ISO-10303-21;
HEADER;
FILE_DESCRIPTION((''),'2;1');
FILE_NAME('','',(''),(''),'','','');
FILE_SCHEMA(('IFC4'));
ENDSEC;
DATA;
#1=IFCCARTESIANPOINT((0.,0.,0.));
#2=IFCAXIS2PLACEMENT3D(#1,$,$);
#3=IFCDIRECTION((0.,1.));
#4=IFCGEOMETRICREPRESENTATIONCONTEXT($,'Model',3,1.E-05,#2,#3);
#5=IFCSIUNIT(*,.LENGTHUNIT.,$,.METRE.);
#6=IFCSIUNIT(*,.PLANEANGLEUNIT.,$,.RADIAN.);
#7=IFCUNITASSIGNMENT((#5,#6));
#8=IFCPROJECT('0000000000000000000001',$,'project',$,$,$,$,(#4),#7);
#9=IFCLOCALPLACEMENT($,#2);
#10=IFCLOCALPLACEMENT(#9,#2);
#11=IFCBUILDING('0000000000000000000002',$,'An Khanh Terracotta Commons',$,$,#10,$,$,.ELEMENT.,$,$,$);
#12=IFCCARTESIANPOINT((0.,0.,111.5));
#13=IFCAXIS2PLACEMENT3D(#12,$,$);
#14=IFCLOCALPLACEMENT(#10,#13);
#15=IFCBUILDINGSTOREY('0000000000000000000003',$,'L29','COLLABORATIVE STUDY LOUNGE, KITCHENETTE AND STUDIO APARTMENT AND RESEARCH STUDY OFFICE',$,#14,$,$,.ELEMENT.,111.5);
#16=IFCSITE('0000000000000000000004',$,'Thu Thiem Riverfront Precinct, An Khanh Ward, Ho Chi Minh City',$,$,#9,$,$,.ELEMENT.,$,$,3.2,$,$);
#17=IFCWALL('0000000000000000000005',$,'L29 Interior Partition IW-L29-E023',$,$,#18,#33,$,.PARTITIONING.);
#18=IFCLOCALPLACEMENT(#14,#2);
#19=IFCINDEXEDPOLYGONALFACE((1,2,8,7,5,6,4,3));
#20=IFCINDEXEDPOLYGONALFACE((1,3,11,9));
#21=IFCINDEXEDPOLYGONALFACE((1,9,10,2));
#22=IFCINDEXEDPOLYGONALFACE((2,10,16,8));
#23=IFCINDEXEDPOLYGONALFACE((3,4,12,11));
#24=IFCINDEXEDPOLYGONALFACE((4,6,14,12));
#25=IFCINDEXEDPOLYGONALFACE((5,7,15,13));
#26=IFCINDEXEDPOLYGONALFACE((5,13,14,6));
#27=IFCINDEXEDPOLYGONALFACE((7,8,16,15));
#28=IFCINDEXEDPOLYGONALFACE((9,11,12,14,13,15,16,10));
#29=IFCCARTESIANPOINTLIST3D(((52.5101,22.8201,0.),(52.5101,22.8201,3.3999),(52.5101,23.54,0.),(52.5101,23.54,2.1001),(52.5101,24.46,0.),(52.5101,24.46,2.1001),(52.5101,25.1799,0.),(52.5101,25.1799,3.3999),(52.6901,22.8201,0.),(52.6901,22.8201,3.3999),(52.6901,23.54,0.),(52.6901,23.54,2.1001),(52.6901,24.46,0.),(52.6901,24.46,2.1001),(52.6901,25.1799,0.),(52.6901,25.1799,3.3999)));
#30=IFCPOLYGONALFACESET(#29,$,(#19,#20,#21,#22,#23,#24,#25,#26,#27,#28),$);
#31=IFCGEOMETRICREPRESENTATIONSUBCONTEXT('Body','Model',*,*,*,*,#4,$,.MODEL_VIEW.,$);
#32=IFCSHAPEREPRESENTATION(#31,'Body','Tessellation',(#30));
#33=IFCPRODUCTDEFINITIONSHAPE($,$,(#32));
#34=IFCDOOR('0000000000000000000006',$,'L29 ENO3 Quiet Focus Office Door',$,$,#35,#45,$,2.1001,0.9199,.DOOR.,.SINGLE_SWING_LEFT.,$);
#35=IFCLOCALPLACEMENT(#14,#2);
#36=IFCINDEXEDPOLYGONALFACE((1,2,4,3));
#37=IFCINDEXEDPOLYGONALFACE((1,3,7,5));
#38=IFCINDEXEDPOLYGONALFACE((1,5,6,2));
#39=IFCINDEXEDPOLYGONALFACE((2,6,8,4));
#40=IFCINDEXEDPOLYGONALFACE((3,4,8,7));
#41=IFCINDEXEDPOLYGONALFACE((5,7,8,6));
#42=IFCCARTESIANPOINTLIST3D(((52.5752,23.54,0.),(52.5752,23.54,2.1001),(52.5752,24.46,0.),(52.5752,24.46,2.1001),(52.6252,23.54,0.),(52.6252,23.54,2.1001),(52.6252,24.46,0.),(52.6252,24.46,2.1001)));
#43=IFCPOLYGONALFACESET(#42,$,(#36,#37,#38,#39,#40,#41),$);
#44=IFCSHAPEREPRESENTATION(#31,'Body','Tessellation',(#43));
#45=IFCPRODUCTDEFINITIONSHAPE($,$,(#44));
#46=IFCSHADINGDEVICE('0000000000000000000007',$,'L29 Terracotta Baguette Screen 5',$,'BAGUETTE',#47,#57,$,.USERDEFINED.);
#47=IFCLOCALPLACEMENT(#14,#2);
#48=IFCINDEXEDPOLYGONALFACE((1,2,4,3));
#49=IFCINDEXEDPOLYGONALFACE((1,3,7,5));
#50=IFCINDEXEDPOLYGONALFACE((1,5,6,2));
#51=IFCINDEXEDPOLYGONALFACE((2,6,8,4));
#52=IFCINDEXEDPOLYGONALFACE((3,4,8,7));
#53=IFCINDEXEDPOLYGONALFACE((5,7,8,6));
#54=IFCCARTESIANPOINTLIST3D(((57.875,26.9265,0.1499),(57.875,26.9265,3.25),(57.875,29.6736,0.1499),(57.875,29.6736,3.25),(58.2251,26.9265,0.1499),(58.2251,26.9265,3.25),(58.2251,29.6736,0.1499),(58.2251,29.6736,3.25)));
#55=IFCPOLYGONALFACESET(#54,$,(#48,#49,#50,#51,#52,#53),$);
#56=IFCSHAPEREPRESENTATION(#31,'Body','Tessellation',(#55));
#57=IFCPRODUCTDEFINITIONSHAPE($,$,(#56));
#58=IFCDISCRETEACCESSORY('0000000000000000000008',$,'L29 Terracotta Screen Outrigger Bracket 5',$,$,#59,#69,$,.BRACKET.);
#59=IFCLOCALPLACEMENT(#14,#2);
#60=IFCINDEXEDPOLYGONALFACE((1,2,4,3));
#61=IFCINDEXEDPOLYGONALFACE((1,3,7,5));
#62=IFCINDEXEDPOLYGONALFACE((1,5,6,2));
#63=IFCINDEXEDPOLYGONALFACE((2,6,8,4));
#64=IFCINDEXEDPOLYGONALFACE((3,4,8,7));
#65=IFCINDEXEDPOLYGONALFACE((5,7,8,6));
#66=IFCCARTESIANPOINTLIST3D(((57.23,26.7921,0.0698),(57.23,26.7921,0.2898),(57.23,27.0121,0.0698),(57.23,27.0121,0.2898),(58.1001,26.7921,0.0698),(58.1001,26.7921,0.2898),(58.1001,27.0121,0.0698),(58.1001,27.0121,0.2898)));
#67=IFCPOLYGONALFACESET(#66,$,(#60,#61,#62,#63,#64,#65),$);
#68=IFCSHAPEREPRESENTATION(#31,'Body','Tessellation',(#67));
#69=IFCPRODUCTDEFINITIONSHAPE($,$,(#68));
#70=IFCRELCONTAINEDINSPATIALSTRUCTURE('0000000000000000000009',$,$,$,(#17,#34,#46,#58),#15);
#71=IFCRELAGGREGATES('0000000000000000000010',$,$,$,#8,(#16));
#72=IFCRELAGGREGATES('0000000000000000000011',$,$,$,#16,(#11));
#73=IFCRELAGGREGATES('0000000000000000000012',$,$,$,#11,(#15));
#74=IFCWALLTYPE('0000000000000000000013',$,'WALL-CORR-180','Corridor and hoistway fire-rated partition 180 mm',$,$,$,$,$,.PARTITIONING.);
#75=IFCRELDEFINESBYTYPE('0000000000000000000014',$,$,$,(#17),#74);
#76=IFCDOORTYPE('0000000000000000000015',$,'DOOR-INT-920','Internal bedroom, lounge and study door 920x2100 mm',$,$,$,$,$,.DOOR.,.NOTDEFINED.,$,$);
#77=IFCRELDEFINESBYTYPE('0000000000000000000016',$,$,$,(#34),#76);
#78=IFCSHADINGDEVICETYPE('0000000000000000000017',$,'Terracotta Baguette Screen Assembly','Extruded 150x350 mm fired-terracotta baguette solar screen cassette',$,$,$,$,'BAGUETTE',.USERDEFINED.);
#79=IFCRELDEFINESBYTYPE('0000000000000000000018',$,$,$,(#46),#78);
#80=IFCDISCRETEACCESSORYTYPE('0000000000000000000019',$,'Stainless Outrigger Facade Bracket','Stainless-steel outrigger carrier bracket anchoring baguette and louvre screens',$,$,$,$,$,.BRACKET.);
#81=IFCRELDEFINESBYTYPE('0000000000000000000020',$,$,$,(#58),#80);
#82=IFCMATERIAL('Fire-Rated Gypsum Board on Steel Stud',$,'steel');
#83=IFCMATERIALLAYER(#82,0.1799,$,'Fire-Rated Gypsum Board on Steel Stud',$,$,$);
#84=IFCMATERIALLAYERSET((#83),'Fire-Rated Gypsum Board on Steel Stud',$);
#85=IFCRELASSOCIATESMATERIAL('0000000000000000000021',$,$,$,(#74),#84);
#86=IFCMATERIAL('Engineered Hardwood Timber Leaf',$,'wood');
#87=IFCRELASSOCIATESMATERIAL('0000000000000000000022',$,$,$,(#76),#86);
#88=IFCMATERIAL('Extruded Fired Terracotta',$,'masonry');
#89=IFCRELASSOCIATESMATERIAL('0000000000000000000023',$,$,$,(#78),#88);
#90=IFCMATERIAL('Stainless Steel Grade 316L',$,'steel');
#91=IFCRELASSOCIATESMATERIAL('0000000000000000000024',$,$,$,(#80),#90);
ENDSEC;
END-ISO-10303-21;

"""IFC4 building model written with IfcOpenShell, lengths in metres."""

from ifc_helpers import new_model, si_unit, direction, frame, frame_2d, origin, origin_2d, place, context, subcontext, project, spatial, rectangle, extrude, material, layer, layer_set, type_object, element, fill, save


model = new_model("IFC4")

# Units and contexts
model_context = context("Model", 3, precision=1e-05, world=origin(), true_north=direction((0.0, 1.0)))
body_context = subcontext(model_context, "Body", "Model", "MODEL_VIEW")
ifc_project = project(units=[si_unit("LENGTHUNIT", "METRE"), si_unit("PLANEANGLEUNIT", "RADIAN")], contexts=[model_context])

# Site, building, storey
site_placement = place(None, origin())
site = spatial("IfcSite", under=ifc_project, at=site_placement, Name="Thu Thiem Riverfront Precinct, An Khanh Ward, Ho Chi Minh City", CompositionType="ELEMENT", RefElevation=3.2)
building_placement = place(site_placement, origin())
building = spatial("IfcBuilding", under=site, at=building_placement, Name="An Khanh Terracotta Commons", CompositionType="ELEMENT")
storey_placement = place(building_placement, frame((0.0, 0.0, 111.5)))
storey = spatial("IfcBuildingStorey", under=building, at=storey_placement, Name="L29", Description="COLLABORATIVE STUDY LOUNGE, KITCHENETTE AND STUDIO APARTMENT AND RESEARCH STUDY OFFICE", CompositionType="ELEMENT", Elevation=111.5)

# Wall, opening, door
ifc_material_1 = material(Name="Fire-Rated Gypsum Board on Steel Stud", Category="steel")
ifc_layer_1 = layer(ifc_material_1, 0.1799, Name="Fire-Rated Gypsum Board on Steel Stud")
ifc_layer_set_1 = layer_set([ifc_layer_1], Name="Fire-Rated Gypsum Board on Steel Stud")
wall_type = type_object("IfcWallType", Name="WALL-CORR-180", Description="Corridor and hoistway fire-rated partition 180 mm", PredefinedType="PARTITIONING", material=ifc_layer_set_1)
wall_placement = place(storey_placement, frame((52.6001, 22.8201, 0.0), z_axis=(0.0, 0.0, 1.0), x_axis=(0.0, 1.0, 0.0)))
wall = element("IfcWall", 1, at=wall_placement, inside=storey, type_object=wall_type, Name="L29 Interior Partition IW-L29-E023", PredefinedType="PARTITIONING", context=body_context, shape_type="SweptSolid", body=[
    extrude(rectangle(XDim=2.3599, YDim=0.1799, at=frame_2d((1.1799, 0.0))), origin(), (0.0, 0.0, 1.0), 3.3999),
])
opening_placement = place(wall_placement, frame((0.72, 0.0, 0.0)))
opening = element("IfcOpeningElement", 2, at=opening_placement, cuts=wall, PredefinedType="OPENING", context=body_context, shape_type="SweptSolid", body=[
    extrude(rectangle(XDim=0.9199, YDim=2.1001, at=frame_2d((0.46, 1.05))), frame((0.0, 0.0999, 0.0), z_axis=(0.0, -1.0, 0.0), x_axis=(1.0, 0.0, 0.0)), (0.0, 0.0, 1.0), 0.2),
])
ifc_material_2 = material(Name="Engineered Hardwood Timber Leaf", Category="wood")
door_type = type_object("IfcDoorType", Name="DOOR-INT-920", Description="Internal bedroom, lounge and study door 920x2100 mm", OperationType="NOTDEFINED", PredefinedType="DOOR", material=ifc_material_2)
door_placement = place(opening_placement, origin())
door = element("IfcDoor", 3, at=door_placement, inside=storey, type_object=door_type, Name="L29 ENO3 Quiet Focus Office Door", OperationType="SINGLE_SWING_LEFT", OverallHeight=2.1001, OverallWidth=0.9199, PredefinedType="DOOR", context=body_context, shape_type="SweptSolid", body=[
    extrude(rectangle(XDim=0.9199, YDim=2.1001, at=frame_2d((0.46, 1.05))), frame((0.0, 0.0249, 0.0), z_axis=(0.0, -1.0, 0.0), x_axis=(1.0, 0.0, 0.0)), (0.0, 0.0, 1.0), 0.05),
])
fill(opening, door)

# Shading device
ifc_material_3 = material(Name="Extruded Fired Terracotta", Category="masonry")
shading_device_type = type_object("IfcShadingDeviceType", Name="Terracotta Baguette Screen Assembly", Description="Extruded 150x350 mm fired-terracotta baguette solar screen cassette", ElementType="BAGUETTE", PredefinedType="USERDEFINED", material=ifc_material_3)
shading_device_placement = place(storey_placement, frame((58.05, 28.3, 0.1499), z_axis=(0.0, 0.0, 1.0), x_axis=(0.0, 1.0, 0.0)))
element("IfcShadingDevice", 4, at=shading_device_placement, inside=storey, type_object=shading_device_type, Name="L29 Terracotta Baguette Screen 5", ObjectType="BAGUETTE", PredefinedType="USERDEFINED", context=body_context, shape_type="SweptSolid", body=[
    extrude(rectangle(XDim=2.7471, YDim=0.3501, at=origin_2d()), origin(), (0.0, 0.0, 1.0), 3.1001),
])

# Discrete accessory
ifc_material_4 = material(Name="Stainless Steel Grade 316L", Category="steel")
discrete_accessory_type = type_object("IfcDiscreteAccessoryType", Name="Stainless Outrigger Facade Bracket", Description="Stainless-steel outrigger carrier bracket anchoring baguette and louvre screens", PredefinedType="BRACKET", material=ifc_material_4)
discrete_accessory_placement = place(storey_placement, frame((57.665, 26.9021, 0.0698), z_axis=(0.0, 0.0, 1.0), x_axis=(0.0, 1.0, 0.0)))
element("IfcDiscreteAccessory", 5, at=discrete_accessory_placement, inside=storey, type_object=discrete_accessory_type, Name="L29 Terracotta Screen Outrigger Bracket 5", PredefinedType="BRACKET", context=body_context, shape_type="SweptSolid", body=[
    extrude(rectangle(XDim=0.22, YDim=0.8701, at=origin_2d()), origin(), (0.0, 0.0, 1.0), 0.22),
])

save(model, "model.ifc")
